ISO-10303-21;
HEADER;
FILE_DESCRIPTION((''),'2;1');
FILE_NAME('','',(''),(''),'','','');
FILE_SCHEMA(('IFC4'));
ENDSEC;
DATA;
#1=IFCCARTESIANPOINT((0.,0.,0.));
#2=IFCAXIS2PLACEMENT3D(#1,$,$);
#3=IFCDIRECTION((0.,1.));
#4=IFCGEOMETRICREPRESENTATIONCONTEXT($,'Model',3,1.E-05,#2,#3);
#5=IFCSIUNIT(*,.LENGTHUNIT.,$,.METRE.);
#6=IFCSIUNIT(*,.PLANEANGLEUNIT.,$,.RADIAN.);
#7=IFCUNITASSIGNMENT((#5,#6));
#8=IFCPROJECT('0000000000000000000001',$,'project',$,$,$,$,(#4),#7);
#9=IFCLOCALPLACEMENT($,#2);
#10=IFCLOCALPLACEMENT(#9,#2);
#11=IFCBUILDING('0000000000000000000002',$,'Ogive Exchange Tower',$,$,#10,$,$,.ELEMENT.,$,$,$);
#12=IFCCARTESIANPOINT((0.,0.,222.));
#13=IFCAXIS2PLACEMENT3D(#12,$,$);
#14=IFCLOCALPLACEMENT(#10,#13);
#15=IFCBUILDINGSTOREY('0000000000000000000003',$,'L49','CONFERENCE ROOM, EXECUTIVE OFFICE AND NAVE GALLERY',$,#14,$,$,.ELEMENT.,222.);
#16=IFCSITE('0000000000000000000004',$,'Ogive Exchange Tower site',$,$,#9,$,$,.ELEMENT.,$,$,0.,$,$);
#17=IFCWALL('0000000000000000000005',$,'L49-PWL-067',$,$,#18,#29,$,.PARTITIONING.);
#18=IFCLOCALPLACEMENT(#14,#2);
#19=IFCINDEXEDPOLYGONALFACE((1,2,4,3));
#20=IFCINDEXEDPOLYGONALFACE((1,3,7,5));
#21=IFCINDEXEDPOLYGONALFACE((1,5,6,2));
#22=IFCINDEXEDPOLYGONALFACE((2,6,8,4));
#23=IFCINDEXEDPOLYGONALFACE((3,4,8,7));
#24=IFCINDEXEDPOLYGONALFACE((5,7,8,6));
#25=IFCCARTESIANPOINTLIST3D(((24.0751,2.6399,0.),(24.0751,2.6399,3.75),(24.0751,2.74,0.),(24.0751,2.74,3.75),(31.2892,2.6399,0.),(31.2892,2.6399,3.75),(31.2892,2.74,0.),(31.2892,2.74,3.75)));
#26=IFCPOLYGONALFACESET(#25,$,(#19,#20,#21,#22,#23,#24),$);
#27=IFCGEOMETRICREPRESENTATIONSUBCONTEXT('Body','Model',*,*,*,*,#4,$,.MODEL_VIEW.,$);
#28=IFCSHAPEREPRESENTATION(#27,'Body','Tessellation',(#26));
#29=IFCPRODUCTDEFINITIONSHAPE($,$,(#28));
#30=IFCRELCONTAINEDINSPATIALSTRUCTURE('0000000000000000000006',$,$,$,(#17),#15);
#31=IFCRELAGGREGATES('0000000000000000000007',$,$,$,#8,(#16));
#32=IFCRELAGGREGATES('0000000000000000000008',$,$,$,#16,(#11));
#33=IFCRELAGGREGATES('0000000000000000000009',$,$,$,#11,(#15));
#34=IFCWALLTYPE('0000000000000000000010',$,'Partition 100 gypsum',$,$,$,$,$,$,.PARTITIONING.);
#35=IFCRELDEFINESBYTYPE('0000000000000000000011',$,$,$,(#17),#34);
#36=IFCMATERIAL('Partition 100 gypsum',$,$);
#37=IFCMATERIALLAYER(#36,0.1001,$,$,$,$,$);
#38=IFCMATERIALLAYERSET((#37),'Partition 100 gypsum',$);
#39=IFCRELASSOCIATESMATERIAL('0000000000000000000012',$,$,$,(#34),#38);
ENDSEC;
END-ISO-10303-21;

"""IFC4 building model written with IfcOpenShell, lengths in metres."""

from ifc_helpers import new_model, si_unit, direction, frame, frame_2d, origin, place, context, subcontext, project, spatial, rectangle, extrude, material, layer, layer_set, type_object, element, save


model = new_model("IFC4")

# Units and contexts
model_context = context("Model", 3, precision=1e-05, world=origin(), true_north=direction((0.0, 1.0)))
body_context = subcontext(model_context, "Body", "Model", "MODEL_VIEW")
ifc_project = project(units=[si_unit("LENGTHUNIT", "METRE"), si_unit("PLANEANGLEUNIT", "RADIAN")], contexts=[model_context])

# Site, building, storey
site_placement = place(None, origin())
site = spatial("IfcSite", under=ifc_project, at=site_placement, Name="Ogive Exchange Tower site", CompositionType="ELEMENT", RefElevation=0.0)
building_placement = place(site_placement, origin())
building = spatial("IfcBuilding", under=site, at=building_placement, Name="Ogive Exchange Tower", CompositionType="ELEMENT")
storey_placement = place(building_placement, frame((0.0, 0.0, 222.0)))
storey = spatial("IfcBuildingStorey", under=building, at=storey_placement, Name="L49", Description="CONFERENCE ROOM, EXECUTIVE OFFICE AND NAVE GALLERY", CompositionType="ELEMENT", Elevation=222.0)

# Wall
ifc_material_1 = material(Name="Partition 100 gypsum")
ifc_layer_1 = layer(ifc_material_1, 0.1001)
ifc_layer_set_1 = layer_set([ifc_layer_1], Name="Partition 100 gypsum")
wall_type_1 = type_object("IfcWallType", Name="Partition 100 gypsum", PredefinedType="PARTITIONING", material=ifc_layer_set_1)
wall_1_placement = place(storey_placement, frame((31.2891, 2.6899, 0.0), z_axis=(0.0, 0.0, 1.0), x_axis=(-1.0, 0.0, 0.0)))
element("IfcWall", 1, at=wall_1_placement, inside=storey, type_object=wall_type_1, Name="L49-PWL-067", PredefinedType="PARTITIONING", context=body_context, shape_type="SweptSolid", body=[
    extrude(rectangle(XDim=7.2141, YDim=0.1001, at=frame_2d((3.6069, 0.0))), origin(), (0.0, 0.0, 1.0), 3.75),
])

save(model, "model.ifc")
